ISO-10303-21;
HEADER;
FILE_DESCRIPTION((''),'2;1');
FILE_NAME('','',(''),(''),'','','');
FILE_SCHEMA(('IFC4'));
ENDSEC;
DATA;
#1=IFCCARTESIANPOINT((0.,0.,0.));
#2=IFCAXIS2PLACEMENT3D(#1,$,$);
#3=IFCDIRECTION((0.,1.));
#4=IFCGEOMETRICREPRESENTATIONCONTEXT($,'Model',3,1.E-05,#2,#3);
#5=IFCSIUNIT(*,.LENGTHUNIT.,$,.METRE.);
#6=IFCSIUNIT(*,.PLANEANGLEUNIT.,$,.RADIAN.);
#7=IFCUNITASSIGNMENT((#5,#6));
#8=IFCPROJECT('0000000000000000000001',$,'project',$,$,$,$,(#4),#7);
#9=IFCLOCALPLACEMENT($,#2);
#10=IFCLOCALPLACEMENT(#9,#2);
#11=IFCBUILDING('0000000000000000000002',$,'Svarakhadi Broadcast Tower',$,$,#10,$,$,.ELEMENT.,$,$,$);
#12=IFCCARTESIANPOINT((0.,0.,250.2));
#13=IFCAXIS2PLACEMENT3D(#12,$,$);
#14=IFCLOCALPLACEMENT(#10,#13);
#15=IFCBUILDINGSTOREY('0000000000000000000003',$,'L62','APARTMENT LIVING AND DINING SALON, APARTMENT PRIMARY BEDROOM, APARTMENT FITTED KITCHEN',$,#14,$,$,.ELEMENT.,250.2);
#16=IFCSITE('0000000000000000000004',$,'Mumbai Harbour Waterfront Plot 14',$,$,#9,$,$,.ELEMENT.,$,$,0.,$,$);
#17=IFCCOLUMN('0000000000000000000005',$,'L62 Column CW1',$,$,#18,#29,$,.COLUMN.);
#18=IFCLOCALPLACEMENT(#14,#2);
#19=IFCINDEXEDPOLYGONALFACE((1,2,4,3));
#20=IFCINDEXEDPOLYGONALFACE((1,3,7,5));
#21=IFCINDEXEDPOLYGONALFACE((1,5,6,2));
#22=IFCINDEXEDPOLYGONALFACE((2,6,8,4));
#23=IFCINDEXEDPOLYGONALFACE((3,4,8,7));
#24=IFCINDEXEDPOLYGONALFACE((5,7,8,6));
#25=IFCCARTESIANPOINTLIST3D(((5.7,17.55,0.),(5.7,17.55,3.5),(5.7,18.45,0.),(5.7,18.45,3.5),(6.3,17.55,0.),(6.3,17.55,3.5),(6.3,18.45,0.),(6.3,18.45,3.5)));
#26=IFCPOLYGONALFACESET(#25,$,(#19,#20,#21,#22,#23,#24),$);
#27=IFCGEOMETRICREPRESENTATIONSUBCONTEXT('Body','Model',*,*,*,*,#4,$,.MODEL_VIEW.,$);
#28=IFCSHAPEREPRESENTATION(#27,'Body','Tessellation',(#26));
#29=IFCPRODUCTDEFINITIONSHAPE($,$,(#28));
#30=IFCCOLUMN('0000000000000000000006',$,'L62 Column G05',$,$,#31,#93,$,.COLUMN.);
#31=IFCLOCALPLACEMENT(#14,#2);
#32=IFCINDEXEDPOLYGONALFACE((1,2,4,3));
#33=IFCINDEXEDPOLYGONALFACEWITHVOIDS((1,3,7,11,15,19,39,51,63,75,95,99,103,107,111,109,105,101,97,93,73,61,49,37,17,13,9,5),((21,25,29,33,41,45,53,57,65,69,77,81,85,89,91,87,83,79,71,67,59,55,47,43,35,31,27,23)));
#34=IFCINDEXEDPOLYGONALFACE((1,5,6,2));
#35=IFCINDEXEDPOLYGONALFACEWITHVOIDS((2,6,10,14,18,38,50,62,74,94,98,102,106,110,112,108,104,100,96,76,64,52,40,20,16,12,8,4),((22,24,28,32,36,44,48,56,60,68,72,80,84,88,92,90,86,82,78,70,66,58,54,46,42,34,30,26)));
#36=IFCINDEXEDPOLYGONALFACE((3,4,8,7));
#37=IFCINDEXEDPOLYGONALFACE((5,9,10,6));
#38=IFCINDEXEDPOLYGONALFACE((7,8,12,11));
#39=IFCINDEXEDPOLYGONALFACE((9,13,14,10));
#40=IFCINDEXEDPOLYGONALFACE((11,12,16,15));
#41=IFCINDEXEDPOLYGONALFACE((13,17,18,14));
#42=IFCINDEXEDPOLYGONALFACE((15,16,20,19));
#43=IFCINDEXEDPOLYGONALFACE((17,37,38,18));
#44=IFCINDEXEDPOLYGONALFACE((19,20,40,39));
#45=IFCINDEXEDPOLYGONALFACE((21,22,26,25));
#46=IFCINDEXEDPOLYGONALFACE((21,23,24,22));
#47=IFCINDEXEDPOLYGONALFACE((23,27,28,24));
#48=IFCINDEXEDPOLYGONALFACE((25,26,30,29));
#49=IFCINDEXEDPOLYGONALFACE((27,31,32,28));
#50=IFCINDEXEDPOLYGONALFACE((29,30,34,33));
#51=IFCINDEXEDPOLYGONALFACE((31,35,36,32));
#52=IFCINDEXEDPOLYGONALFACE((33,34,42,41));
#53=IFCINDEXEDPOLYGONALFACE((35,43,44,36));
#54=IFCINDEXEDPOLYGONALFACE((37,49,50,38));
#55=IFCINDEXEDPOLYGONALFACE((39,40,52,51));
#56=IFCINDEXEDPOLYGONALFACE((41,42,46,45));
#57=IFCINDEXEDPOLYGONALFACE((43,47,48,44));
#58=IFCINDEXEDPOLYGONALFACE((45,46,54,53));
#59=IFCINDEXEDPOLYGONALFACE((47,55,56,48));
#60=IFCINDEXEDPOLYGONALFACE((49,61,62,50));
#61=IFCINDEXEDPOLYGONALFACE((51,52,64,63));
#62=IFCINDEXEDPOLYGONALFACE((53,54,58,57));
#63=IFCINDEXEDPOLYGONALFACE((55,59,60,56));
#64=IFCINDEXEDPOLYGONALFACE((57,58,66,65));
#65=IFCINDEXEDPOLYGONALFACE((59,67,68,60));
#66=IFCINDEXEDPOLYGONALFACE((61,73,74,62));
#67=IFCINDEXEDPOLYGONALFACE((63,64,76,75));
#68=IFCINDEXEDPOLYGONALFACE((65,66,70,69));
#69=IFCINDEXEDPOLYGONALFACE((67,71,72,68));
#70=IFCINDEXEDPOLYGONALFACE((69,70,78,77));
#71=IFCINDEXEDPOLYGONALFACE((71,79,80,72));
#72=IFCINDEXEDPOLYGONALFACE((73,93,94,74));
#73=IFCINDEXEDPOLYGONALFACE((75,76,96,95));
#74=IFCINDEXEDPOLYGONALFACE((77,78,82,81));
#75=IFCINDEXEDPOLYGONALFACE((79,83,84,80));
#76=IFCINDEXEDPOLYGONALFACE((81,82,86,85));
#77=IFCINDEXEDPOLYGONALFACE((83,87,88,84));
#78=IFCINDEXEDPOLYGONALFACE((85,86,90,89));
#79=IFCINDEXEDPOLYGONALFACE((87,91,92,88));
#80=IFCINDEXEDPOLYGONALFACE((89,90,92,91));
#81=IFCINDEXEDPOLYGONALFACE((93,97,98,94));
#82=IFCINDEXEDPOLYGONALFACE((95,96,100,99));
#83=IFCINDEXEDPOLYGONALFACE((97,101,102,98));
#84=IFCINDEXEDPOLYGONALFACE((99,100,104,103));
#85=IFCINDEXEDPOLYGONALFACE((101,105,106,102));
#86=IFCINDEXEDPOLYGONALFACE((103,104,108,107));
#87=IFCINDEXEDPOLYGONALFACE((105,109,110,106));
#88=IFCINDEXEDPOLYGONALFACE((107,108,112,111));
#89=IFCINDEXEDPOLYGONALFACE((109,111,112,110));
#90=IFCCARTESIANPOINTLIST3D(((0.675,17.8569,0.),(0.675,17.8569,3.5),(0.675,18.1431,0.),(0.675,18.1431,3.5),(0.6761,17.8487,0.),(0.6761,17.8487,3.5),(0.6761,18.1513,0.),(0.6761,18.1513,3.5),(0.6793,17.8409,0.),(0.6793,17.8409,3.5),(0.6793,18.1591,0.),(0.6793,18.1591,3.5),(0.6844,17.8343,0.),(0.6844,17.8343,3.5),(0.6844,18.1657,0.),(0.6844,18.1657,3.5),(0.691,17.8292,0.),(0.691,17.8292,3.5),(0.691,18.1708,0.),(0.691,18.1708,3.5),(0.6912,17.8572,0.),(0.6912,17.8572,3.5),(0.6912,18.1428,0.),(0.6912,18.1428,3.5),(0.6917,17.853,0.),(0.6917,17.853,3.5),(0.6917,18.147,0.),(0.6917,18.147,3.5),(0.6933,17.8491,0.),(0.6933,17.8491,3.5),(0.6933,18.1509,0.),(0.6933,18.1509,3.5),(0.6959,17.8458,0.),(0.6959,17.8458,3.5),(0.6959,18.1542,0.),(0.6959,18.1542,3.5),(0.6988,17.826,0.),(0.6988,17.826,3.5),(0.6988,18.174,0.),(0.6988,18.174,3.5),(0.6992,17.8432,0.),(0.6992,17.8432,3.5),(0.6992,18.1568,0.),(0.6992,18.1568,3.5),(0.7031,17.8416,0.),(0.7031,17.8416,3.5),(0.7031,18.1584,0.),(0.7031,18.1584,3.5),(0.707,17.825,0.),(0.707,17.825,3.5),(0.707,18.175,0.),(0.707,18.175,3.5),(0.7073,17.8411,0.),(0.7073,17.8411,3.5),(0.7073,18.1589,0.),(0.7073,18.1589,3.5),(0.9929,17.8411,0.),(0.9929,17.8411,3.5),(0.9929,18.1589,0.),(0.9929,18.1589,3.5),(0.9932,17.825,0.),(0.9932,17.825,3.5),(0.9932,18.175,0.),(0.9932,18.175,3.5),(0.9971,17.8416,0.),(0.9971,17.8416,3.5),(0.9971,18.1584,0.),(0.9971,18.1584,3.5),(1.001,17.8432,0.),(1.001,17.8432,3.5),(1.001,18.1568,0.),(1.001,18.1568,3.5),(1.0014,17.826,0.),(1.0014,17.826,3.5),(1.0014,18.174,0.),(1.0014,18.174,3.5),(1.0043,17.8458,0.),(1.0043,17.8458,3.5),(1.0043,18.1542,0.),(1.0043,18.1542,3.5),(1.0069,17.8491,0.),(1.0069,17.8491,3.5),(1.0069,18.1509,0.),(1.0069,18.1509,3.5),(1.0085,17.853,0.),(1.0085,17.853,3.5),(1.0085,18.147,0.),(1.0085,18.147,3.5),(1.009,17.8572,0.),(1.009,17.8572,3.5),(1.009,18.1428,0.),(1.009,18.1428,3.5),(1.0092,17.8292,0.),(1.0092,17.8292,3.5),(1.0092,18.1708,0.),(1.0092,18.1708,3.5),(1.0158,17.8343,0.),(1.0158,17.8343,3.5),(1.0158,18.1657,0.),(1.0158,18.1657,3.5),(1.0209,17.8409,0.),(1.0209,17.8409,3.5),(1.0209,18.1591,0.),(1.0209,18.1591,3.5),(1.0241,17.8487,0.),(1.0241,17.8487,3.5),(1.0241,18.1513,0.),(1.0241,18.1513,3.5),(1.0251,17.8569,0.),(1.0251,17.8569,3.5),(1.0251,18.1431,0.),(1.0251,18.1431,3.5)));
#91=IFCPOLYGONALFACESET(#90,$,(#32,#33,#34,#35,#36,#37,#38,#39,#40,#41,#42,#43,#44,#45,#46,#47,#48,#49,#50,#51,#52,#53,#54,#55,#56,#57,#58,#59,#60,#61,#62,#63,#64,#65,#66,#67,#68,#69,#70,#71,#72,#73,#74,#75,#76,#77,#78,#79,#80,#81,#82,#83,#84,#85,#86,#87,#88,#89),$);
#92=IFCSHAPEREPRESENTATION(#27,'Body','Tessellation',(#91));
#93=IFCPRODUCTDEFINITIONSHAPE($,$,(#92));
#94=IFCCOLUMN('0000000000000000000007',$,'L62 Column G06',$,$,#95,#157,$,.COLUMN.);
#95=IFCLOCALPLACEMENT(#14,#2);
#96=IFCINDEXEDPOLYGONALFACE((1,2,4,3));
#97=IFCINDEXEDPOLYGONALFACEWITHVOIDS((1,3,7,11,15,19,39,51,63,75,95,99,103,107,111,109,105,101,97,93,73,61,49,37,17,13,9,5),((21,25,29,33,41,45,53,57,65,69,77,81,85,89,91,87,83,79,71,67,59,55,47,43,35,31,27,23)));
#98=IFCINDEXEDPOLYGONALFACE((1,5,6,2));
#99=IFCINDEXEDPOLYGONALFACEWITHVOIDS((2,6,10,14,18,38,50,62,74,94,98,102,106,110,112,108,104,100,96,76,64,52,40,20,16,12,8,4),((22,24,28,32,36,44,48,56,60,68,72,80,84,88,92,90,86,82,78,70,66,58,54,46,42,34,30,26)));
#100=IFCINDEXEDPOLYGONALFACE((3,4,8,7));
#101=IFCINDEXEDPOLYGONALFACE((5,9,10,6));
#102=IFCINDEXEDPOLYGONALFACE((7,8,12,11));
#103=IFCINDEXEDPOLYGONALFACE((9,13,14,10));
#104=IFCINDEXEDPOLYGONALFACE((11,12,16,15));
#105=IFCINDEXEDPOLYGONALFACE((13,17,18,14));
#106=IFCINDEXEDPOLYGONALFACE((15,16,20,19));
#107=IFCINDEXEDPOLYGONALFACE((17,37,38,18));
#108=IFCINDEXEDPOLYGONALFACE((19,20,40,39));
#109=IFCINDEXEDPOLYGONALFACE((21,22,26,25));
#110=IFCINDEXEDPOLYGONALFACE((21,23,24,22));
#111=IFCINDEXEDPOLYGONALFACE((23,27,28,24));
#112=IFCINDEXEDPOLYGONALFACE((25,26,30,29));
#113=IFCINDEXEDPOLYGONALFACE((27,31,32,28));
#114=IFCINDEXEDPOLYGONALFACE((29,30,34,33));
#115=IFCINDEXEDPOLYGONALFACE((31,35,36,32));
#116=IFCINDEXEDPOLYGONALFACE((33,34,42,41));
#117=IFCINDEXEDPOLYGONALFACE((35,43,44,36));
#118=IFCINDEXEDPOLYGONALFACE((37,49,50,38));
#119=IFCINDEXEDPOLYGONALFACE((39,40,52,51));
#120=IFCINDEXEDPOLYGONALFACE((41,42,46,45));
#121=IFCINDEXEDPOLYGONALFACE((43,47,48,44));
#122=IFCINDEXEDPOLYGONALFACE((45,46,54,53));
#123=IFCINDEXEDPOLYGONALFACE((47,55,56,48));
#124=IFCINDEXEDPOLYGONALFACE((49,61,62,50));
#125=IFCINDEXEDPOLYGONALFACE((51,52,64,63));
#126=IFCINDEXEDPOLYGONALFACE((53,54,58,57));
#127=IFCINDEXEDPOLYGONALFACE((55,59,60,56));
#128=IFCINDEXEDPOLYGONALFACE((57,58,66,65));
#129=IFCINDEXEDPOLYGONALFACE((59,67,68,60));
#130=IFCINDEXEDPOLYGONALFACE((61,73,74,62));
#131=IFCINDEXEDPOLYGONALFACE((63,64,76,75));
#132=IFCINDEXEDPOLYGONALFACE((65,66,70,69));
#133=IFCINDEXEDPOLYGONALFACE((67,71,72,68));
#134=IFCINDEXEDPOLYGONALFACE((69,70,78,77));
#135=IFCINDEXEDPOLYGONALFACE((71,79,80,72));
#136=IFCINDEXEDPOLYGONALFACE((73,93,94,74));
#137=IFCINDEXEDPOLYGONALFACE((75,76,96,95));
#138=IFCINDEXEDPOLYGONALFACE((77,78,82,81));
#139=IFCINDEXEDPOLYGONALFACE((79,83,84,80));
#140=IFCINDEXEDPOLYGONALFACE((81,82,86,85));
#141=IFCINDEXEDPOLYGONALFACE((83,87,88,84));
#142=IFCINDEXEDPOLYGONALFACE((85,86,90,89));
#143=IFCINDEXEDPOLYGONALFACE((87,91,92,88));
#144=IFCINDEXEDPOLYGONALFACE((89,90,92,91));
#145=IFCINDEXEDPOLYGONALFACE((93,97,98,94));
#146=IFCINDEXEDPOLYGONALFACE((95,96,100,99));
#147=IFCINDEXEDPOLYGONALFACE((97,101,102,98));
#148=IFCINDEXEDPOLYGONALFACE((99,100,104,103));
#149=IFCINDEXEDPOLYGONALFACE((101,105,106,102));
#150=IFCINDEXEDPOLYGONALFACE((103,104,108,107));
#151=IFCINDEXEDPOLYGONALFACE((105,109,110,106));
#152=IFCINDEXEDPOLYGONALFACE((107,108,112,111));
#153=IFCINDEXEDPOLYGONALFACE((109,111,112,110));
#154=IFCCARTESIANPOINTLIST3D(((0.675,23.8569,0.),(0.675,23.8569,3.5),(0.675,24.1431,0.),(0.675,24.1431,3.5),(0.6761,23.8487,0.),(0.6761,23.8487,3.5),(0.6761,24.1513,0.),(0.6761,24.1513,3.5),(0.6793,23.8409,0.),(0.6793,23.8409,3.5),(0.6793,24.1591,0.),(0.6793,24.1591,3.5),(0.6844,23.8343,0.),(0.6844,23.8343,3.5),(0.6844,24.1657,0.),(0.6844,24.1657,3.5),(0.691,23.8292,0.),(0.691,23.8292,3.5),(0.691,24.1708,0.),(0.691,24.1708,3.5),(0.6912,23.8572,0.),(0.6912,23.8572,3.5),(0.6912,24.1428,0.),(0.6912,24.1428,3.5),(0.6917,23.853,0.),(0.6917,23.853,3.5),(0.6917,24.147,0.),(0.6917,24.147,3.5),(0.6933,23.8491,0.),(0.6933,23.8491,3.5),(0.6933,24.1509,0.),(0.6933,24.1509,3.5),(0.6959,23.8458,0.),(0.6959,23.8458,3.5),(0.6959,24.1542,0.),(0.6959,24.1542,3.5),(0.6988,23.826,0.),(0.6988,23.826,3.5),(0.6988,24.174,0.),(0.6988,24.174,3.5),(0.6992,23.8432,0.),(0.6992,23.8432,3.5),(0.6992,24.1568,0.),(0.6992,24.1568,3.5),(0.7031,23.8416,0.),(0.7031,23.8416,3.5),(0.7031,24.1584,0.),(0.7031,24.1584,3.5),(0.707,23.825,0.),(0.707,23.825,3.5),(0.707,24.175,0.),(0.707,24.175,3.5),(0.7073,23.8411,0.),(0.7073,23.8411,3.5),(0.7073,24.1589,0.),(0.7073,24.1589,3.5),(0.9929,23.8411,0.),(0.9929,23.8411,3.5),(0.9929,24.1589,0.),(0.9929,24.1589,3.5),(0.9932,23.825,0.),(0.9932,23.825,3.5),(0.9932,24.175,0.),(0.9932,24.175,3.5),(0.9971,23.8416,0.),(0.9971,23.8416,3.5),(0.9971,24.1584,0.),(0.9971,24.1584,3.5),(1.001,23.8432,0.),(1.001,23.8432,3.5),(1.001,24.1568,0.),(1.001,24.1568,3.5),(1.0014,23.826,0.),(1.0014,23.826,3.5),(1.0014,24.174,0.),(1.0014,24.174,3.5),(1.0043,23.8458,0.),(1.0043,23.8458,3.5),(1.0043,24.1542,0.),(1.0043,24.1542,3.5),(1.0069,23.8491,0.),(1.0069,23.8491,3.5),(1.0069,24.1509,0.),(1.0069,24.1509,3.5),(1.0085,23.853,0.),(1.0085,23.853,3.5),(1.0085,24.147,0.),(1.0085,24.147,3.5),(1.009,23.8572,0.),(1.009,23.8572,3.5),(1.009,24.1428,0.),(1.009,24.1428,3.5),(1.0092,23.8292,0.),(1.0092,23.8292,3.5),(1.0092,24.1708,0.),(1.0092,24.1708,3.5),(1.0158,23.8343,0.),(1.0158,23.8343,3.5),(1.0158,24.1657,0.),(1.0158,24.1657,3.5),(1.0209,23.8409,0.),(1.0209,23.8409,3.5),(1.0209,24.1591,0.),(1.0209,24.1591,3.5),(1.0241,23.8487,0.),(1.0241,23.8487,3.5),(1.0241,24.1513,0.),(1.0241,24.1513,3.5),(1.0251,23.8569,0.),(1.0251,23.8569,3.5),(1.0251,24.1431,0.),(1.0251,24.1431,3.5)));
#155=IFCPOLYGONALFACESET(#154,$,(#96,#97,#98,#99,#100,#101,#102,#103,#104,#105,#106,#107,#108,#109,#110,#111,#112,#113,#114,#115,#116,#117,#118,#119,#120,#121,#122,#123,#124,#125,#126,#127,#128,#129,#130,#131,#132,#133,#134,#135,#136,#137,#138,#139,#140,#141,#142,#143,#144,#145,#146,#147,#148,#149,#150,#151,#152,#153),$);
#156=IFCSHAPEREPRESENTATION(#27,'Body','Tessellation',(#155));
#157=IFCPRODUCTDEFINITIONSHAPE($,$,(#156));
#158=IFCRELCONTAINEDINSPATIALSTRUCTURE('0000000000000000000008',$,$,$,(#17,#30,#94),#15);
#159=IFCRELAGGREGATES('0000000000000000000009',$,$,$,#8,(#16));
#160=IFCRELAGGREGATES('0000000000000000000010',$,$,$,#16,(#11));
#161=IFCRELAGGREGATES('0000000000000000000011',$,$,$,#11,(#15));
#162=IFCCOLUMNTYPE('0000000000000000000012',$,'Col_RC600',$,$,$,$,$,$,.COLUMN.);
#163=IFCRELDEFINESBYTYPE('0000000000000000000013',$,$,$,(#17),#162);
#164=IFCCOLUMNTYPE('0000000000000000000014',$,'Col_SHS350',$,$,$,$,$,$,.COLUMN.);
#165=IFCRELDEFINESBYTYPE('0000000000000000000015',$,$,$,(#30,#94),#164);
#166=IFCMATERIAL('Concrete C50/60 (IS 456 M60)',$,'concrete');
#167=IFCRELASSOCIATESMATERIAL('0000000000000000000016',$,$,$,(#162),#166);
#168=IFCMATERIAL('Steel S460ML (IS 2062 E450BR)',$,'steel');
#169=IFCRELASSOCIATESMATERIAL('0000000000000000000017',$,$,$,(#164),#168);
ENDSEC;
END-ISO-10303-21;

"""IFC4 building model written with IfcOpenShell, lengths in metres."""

from ifc_helpers import new_model, si_unit, direction, frame, origin, origin_2d, place, context, subcontext, project, spatial, rectangle, hollow_rectangle, extrude, material, material_profile, profile_set, type_object, element, save


model = new_model("IFC4")

# Units and contexts
model_context = context("Model", 3, precision=1e-05, world=origin(), true_north=direction((0.0, 1.0)))
body_context = subcontext(model_context, "Body", "Model", "MODEL_VIEW")
ifc_project = project(units=[si_unit("LENGTHUNIT", "METRE"), si_unit("PLANEANGLEUNIT", "RADIAN")], contexts=[model_context])

# Site, building, storey
site_placement = place(None, origin())
site = spatial("IfcSite", under=ifc_project, at=site_placement, Name="Mumbai Harbour Waterfront Plot 14", CompositionType="ELEMENT", RefElevation=0.0)
building_placement = place(site_placement, origin())
building = spatial("IfcBuilding", under=site, at=building_placement, Name="Svarakhadi Broadcast Tower", CompositionType="ELEMENT")
storey_placement = place(building_placement, frame((0.0, 0.0, 250.2)))
storey = spatial("IfcBuildingStorey", under=building, at=storey_placement, Name="L62", Description="APARTMENT LIVING AND DINING SALON, APARTMENT PRIMARY BEDROOM, APARTMENT FITTED KITCHEN", CompositionType="ELEMENT", Elevation=250.2)

# Columns
ifc_material_1 = material(Name="Concrete C50/60 (IS 456 M60)", Category="concrete")
ifc_material_profile_1 = material_profile(ifc_material_1, rectangle(XDim=0.6001, YDim=0.8999, at=origin_2d()), Name="RC 600x900")
ifc_profile_set_1 = profile_set([ifc_material_profile_1], Name="Concrete C50/60 (IS 456 M60)")
column_type_1 = type_object("IfcColumnType", Name="Col_RC600", PredefinedType="COLUMN", material=ifc_profile_set_1)
column_placement = place(storey_placement, frame((6.0, 18.0, 0.0), z_axis=(0.0, 0.0, 1.0), x_axis=(1.0, 0.0, 0.0)))
element("IfcColumn", 1, at=column_placement, inside=storey, type_object=column_type_1, Name="L62 Column CW1", PredefinedType="COLUMN", context=body_context, shape_type="SweptSolid", body=[
    extrude(rectangle(XDim=0.6001, YDim=0.8999, at=origin_2d()), origin(), (0.0, 0.0, 1.0), 3.5),
])
ifc_material_2 = material(Name="Steel S460ML (IS 2062 E450BR)", Category="steel")
ifc_material_profile_2 = material_profile(ifc_material_2, hollow_rectangle(XDim=0.3501, YDim=0.3501, WallThickness=0.0161, InnerFilletRadius=0.0161, OuterFilletRadius=0.032, at=origin_2d()), Name="SHS 350x350x16")
ifc_profile_set_2 = profile_set([ifc_material_profile_2], Name="Steel S460ML (IS 2062 E450BR)")
column_type_2 = type_object("IfcColumnType", Name="Col_SHS350", PredefinedType="COLUMN", material=ifc_profile_set_2)
for number, where, z_axis, x_axis, name in (
    (2, (0.8501, 18.0, 0.0), (0.0, 0.0, 1.0), (1.0, 0.0, 0.0), "L62 Column G05"),
    (3, (0.8501, 24.0, 0.0), (0.0, 0.0, 1.0), (1.0, 0.0, 0.0), "L62 Column G06"),
):
    element("IfcColumn", number, at=place(storey_placement, frame(where, z_axis=z_axis, x_axis=x_axis)), inside=storey, type_object=column_type_2, Name=name, PredefinedType="COLUMN", context=body_context, shape_type="SweptSolid", body=[
        extrude(hollow_rectangle(XDim=0.3501, YDim=0.3501, WallThickness=0.0161, InnerFilletRadius=0.0161, OuterFilletRadius=0.032, at=origin_2d()), origin(), (0.0, 0.0, 1.0), 3.5),
    ])

save(model, "model.ifc")
